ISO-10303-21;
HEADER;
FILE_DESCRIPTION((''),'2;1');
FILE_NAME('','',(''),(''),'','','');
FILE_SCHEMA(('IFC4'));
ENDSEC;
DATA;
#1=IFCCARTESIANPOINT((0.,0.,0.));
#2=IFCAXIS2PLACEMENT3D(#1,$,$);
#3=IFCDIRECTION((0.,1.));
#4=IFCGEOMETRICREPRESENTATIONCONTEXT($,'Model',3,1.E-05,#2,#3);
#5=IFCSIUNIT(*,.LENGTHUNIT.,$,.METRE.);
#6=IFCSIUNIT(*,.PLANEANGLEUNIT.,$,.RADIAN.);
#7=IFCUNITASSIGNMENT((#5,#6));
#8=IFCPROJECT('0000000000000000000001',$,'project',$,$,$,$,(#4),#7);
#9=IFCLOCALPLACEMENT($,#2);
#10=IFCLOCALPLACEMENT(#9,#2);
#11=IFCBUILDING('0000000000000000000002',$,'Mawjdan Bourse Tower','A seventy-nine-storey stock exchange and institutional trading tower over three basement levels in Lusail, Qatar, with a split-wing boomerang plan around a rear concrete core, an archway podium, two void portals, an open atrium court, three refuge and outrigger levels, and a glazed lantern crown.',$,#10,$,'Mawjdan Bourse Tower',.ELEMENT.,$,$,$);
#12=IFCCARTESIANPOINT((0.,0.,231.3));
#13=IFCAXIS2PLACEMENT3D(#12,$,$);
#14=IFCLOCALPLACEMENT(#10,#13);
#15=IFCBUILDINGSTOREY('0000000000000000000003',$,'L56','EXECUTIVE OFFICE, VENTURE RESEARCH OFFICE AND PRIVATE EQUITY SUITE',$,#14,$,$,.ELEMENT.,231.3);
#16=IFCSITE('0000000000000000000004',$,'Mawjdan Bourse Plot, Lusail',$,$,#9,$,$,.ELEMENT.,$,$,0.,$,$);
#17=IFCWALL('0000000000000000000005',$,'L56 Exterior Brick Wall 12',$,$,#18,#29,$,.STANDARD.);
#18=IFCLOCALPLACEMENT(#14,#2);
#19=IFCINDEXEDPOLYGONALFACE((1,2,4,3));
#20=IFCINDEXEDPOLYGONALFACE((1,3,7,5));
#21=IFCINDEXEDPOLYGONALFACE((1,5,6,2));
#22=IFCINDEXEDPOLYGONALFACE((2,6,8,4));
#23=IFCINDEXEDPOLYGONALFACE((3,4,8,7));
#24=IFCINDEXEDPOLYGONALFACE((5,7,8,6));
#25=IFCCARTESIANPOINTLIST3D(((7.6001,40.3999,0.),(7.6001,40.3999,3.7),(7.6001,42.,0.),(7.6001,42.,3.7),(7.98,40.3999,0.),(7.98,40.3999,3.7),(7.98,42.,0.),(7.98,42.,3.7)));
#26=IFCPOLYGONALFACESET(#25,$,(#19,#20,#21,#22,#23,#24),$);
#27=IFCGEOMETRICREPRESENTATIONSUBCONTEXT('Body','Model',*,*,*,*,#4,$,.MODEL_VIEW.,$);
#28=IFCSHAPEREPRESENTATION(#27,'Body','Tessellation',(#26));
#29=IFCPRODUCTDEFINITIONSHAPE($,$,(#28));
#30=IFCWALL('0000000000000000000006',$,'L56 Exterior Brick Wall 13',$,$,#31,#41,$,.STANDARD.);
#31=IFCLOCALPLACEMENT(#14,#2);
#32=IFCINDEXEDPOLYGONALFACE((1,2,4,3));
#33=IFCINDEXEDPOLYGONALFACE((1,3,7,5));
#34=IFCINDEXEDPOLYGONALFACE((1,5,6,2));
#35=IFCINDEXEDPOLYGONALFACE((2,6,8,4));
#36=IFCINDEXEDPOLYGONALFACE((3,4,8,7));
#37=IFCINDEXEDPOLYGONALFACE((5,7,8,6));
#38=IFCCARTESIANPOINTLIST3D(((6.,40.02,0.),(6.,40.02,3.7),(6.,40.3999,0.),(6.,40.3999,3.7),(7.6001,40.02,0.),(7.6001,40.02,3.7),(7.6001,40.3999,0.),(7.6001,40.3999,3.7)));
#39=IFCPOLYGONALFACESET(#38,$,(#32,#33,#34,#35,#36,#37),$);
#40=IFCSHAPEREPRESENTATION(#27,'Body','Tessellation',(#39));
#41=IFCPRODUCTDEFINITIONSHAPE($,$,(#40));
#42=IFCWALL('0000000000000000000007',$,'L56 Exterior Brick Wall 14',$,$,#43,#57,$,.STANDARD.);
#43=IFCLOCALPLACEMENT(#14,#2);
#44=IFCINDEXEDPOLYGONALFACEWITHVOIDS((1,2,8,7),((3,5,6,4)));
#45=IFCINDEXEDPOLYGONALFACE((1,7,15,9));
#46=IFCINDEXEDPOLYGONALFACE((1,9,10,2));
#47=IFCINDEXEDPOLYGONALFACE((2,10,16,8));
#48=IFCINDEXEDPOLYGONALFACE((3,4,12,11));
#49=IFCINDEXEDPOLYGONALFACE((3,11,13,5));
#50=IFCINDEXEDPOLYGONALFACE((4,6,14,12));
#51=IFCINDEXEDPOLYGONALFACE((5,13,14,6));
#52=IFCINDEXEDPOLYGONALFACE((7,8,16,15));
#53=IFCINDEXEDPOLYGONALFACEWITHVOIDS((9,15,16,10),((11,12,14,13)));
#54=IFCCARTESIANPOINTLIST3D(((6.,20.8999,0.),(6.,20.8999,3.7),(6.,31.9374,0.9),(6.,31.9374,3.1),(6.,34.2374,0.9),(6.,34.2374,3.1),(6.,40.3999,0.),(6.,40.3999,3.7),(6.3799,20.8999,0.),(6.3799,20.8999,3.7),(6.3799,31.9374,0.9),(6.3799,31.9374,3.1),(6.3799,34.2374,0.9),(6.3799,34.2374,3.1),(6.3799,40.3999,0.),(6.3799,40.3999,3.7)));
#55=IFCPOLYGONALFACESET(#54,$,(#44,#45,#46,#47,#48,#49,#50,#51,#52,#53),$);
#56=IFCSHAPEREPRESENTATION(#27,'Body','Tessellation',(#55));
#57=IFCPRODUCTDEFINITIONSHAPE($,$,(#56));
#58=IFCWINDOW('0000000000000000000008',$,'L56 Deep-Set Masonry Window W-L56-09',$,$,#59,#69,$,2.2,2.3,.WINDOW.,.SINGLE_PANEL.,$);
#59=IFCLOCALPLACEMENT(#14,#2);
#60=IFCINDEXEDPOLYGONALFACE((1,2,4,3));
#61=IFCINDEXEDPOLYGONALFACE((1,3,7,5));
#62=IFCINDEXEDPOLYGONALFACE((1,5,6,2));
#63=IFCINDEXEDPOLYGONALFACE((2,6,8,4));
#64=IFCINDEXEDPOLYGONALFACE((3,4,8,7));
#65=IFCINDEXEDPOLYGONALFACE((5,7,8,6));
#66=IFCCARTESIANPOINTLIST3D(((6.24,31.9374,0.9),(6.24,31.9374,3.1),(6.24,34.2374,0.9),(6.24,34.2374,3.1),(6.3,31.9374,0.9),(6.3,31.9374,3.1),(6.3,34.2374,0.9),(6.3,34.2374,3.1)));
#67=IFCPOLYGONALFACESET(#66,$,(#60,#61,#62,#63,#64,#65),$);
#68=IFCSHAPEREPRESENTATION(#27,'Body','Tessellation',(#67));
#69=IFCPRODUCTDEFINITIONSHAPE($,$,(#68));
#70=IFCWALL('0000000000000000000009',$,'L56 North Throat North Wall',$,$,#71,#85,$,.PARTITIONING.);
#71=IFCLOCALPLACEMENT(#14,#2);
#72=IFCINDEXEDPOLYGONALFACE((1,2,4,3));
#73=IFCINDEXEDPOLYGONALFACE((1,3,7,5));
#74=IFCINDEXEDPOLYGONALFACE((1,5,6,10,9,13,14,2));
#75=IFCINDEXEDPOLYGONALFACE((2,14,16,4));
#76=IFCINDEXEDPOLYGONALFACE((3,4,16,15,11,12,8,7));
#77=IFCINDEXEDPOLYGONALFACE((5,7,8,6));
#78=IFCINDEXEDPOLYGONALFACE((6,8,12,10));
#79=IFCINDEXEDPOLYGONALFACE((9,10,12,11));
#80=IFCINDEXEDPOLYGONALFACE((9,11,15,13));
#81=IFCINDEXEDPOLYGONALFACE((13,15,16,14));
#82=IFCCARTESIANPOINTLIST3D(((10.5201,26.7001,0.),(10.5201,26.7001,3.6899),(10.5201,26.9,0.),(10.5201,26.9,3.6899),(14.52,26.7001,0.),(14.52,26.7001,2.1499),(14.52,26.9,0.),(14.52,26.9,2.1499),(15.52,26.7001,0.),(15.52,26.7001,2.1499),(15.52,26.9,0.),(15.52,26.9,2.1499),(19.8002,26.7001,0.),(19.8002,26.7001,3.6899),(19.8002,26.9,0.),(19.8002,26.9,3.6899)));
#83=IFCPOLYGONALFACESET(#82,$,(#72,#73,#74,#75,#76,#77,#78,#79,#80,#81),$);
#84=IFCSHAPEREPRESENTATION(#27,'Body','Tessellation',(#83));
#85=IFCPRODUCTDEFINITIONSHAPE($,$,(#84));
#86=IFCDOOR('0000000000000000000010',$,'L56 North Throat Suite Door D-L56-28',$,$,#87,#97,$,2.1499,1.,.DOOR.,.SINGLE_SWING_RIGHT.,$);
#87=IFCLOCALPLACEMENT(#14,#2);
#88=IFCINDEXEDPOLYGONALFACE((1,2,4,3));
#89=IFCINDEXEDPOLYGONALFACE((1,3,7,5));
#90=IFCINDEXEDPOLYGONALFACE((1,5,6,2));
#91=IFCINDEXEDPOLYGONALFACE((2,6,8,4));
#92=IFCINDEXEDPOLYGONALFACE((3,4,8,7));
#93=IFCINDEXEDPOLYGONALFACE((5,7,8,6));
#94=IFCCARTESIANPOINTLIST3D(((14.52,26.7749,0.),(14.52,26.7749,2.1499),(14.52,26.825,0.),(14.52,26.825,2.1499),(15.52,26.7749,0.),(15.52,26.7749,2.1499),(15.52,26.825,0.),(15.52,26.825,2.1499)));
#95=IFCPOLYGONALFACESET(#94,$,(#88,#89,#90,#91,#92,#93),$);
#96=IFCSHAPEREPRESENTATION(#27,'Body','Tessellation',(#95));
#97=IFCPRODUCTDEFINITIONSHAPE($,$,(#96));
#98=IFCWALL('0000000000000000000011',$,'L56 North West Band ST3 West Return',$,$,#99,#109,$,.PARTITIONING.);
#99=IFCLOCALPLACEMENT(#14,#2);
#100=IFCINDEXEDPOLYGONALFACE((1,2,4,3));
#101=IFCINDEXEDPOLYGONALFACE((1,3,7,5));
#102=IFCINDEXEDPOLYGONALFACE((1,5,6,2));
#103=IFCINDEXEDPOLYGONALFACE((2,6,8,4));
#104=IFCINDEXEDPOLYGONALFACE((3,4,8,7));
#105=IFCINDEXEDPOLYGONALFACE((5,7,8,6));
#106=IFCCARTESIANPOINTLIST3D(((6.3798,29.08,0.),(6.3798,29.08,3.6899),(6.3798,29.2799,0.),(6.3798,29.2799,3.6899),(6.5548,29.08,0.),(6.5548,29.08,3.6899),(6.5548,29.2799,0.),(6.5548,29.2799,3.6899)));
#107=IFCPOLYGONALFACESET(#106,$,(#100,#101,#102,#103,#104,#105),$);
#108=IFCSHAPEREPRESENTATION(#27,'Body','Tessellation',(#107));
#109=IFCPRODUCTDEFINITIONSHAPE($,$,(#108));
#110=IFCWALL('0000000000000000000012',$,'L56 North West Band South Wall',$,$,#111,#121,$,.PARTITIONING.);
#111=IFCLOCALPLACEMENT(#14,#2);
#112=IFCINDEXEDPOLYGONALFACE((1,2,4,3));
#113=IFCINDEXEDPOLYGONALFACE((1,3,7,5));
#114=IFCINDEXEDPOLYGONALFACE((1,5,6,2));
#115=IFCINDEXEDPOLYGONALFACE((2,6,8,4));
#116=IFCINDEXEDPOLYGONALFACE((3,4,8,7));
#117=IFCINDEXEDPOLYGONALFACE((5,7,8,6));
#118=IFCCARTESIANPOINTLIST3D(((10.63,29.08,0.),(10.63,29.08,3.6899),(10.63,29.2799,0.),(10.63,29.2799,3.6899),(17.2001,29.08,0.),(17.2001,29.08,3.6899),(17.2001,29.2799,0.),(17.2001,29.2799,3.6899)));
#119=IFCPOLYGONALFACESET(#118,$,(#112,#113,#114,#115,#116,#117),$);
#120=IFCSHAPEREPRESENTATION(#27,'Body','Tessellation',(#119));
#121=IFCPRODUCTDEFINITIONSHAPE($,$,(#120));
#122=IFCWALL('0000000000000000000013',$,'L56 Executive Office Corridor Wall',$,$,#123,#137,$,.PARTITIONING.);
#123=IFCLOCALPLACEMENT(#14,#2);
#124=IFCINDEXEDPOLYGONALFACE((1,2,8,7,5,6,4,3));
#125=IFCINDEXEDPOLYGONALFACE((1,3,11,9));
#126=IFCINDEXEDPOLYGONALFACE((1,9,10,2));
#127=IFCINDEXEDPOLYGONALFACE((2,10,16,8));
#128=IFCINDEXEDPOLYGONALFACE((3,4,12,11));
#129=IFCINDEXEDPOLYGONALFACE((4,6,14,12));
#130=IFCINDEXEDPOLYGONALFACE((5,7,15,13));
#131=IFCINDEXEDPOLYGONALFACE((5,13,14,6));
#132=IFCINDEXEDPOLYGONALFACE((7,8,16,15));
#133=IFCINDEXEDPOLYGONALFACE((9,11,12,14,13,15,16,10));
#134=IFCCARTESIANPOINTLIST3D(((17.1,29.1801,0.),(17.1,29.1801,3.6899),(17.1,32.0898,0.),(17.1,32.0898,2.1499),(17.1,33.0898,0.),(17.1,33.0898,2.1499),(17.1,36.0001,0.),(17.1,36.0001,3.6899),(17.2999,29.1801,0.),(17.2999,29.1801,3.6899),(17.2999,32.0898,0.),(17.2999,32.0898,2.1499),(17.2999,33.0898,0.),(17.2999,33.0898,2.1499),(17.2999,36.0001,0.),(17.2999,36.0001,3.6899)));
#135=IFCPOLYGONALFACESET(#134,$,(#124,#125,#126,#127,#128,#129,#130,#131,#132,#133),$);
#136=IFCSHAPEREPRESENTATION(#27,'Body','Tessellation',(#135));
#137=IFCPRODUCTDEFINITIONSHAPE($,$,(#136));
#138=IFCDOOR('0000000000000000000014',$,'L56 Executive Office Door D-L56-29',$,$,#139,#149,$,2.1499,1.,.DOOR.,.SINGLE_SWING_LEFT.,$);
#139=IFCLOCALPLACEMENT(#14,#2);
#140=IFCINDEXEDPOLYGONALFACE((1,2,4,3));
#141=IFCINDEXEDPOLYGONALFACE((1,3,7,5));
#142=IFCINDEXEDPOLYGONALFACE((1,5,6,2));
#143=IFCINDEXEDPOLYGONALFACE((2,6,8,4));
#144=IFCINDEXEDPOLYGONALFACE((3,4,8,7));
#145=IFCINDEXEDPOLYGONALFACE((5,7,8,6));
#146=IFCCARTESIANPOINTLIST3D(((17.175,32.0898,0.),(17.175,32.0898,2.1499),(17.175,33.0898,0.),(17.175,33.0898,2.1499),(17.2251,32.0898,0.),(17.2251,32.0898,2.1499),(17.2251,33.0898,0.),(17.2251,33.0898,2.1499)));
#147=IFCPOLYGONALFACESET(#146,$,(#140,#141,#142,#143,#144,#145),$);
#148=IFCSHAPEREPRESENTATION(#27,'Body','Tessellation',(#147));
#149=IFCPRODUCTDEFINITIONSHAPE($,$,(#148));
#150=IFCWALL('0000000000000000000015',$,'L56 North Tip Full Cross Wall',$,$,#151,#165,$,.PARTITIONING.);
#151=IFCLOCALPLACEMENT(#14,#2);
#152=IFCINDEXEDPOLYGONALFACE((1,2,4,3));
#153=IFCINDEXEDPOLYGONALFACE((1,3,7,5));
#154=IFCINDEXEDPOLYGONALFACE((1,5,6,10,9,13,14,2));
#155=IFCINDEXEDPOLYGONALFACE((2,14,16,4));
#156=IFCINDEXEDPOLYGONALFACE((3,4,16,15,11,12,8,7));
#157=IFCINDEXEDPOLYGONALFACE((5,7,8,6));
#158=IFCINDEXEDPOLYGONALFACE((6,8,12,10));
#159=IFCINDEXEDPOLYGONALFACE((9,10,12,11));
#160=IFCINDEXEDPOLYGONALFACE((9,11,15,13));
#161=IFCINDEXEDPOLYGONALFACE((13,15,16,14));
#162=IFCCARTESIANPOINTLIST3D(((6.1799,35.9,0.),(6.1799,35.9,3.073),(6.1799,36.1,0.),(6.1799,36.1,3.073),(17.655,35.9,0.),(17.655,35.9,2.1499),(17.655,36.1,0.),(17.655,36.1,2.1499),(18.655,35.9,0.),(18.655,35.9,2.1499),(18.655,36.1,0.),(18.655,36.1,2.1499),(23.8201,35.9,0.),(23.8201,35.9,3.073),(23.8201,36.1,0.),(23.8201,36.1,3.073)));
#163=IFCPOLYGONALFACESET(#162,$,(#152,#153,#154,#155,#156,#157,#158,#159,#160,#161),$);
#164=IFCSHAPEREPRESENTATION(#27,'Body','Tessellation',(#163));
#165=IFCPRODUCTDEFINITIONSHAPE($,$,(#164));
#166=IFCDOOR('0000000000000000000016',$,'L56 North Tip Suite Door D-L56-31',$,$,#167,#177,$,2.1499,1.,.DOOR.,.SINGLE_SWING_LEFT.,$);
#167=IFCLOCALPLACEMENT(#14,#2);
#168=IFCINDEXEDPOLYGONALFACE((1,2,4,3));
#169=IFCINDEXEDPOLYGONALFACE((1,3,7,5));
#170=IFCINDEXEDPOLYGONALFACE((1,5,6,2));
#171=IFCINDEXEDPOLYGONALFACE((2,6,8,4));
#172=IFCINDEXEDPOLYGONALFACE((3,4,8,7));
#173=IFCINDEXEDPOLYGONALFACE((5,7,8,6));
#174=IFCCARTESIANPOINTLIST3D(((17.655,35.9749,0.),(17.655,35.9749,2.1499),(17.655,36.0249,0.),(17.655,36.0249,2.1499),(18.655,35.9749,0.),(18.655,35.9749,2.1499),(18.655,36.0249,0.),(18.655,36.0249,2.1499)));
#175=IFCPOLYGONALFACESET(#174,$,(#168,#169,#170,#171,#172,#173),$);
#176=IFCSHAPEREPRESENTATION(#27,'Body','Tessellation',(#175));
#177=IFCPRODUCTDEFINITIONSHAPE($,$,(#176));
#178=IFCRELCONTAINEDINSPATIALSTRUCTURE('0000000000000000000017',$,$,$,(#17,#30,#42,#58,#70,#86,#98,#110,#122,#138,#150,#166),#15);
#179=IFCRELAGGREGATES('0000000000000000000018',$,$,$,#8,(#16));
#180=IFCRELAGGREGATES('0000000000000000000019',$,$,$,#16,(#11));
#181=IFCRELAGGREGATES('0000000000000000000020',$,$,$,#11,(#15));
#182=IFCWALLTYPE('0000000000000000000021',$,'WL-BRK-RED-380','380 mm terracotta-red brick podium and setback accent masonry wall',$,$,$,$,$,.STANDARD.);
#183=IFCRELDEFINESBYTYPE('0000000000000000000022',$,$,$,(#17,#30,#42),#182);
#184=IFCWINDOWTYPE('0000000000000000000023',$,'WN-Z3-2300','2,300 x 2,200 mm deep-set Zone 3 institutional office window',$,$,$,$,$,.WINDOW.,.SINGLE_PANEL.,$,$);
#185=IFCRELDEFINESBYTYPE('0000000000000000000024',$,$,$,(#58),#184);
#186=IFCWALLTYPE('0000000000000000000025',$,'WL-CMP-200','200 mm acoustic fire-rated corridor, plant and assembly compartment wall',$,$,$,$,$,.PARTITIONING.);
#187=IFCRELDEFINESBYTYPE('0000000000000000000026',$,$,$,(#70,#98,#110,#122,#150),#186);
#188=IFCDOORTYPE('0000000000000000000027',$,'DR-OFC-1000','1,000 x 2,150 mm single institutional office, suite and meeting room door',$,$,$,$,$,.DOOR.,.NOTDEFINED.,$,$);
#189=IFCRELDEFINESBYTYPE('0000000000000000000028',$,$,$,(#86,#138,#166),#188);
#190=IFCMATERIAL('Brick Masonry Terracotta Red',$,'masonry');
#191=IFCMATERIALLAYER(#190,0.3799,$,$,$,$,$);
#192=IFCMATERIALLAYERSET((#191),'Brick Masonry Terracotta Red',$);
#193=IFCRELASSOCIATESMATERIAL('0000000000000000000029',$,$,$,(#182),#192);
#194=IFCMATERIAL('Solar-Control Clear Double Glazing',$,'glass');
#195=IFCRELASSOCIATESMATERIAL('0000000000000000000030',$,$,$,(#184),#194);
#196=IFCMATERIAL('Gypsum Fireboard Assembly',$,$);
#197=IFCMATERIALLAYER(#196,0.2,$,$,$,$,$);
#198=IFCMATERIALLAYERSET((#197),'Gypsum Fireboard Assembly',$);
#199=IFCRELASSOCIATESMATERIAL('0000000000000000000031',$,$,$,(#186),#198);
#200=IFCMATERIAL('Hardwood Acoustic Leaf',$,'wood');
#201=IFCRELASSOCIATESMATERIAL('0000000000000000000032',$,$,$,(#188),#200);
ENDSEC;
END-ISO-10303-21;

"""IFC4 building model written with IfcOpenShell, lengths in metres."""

from ifc_helpers import new_model, si_unit, direction, frame, frame_2d, origin, place, context, subcontext, project, spatial, rectangle, extrude, material, layer, layer_set, type_object, element, fill, save


model = new_model("IFC4")

# Units and contexts
model_context = context("Model", 3, precision=1e-05, world=origin(), true_north=direction((0.0, 1.0)))
body_context = subcontext(model_context, "Body", "Model", "MODEL_VIEW")
ifc_project = project(units=[si_unit("LENGTHUNIT", "METRE"), si_unit("PLANEANGLEUNIT", "RADIAN")], contexts=[model_context])

# Site, building, storey
site_placement = place(None, origin())
site = spatial("IfcSite", under=ifc_project, at=site_placement, Name="Mawjdan Bourse Plot, Lusail", CompositionType="ELEMENT", RefElevation=0.0)
building_placement = place(site_placement, origin())
building = spatial("IfcBuilding", under=site, at=building_placement, Name="Mawjdan Bourse Tower", Description="A seventy-nine-storey stock exchange and institutional trading tower over three basement levels in Lusail, Qatar, with a split-wing boomerang plan around a rear concrete core, an archway podium, two void portals, an open atrium court, three refuge and outrigger levels, and a glazed lantern crown.", LongName="Mawjdan Bourse Tower", CompositionType="ELEMENT")
storey_placement = place(building_placement, frame((0.0, 0.0, 231.3)))
storey = spatial("IfcBuildingStorey", under=building, at=storey_placement, Name="L56", Description="EXECUTIVE OFFICE, VENTURE RESEARCH OFFICE AND PRIVATE EQUITY SUITE", CompositionType="ELEMENT", Elevation=231.3)

# Walls
ifc_material_1 = material(Name="Brick Masonry Terracotta Red", Category="masonry")
ifc_layer_1 = layer(ifc_material_1, 0.3799)
ifc_layer_set_1 = layer_set([ifc_layer_1], Name="Brick Masonry Terracotta Red")
wall_type_1 = type_object("IfcWallType", Name="WL-BRK-RED-380", Description="380 mm terracotta-red brick podium and setback accent masonry wall", PredefinedType="STANDARD", material=ifc_layer_set_1)
for number, where, z_axis, x_axis, name in (
    (1, (7.79, 42.0, 0.0), (0.0, 0.0, 1.0), (0.0, -1.0, 0.0), "L56 Exterior Brick Wall 12"),
    (2, (7.6001, 40.21, 0.0), (0.0, 0.0, 1.0), (-1.0, 0.0, 0.0), "L56 Exterior Brick Wall 13"),
):
    element("IfcWall", number, at=place(storey_placement, frame(where, z_axis=z_axis, x_axis=x_axis)), inside=storey, type_object=wall_type_1, Name=name, PredefinedType="STANDARD", context=body_context, shape_type="SweptSolid", body=[
        extrude(rectangle(XDim=1.6001, YDim=0.3799, at=frame_2d((0.8, 0.0))), origin(), (0.0, 0.0, 1.0), 3.7),
    ])

# Wall, opening, window
wall_1_placement = place(storey_placement, frame((6.1899, 40.3999, 0.0), z_axis=(0.0, 0.0, 1.0), x_axis=(0.0, -1.0, 0.0)))
wall_1 = element("IfcWall", 3, at=wall_1_placement, inside=storey, type_object=wall_type_1, Name="L56 Exterior Brick Wall 14", PredefinedType="STANDARD", context=body_context, shape_type="SweptSolid", body=[
    extrude(rectangle(XDim=19.5, YDim=0.3799, at=frame_2d((9.75, 0.0))), origin(), (0.0, 0.0, 1.0), 3.7),
])
opening_1_placement = place(wall_1_placement, frame((6.1626, 0.0, 0.8999)))
opening_1 = element("IfcOpeningElement", 4, at=opening_1_placement, cuts=wall_1, PredefinedType="OPENING", context=body_context, shape_type="SweptSolid", body=[
    extrude(rectangle(XDim=2.3, YDim=2.2, at=frame_2d((1.1499, 1.1001))), frame((0.0, 0.2, 0.0), z_axis=(0.0, -1.0, 0.0), x_axis=(1.0, 0.0, 0.0)), (0.0, 0.0, 1.0), 0.3999),
])
ifc_material_2 = material(Name="Solar-Control Clear Double Glazing", Category="glass")
window_type = type_object("IfcWindowType", Name="WN-Z3-2300", Description="2,300 x 2,200 mm deep-set Zone 3 institutional office window", PartitioningType="SINGLE_PANEL", PredefinedType="WINDOW", material=ifc_material_2)
window_placement = place(opening_1_placement, origin())
window = element("IfcWindow", 5, at=window_placement, inside=storey, type_object=window_type, Name="L56 Deep-Set Masonry Window W-L56-09", OverallHeight=2.2, OverallWidth=2.3, PartitioningType="SINGLE_PANEL", PredefinedType="WINDOW", context=body_context, shape_type="SweptSolid", body=[
    extrude(rectangle(XDim=2.3, YDim=2.2, at=frame_2d((1.1499, 1.1001))), frame((0.0, 0.1101, 0.0), z_axis=(0.0, -1.0, 0.0), x_axis=(1.0, 0.0, 0.0)), (0.0, 0.0, 1.0), 0.0601),
])
fill(opening_1, window)

# Wall, opening, door
ifc_material_3 = material(Name="Gypsum Fireboard Assembly")
ifc_layer_2 = layer(ifc_material_3, 0.2)
ifc_layer_set_2 = layer_set([ifc_layer_2], Name="Gypsum Fireboard Assembly")
wall_type_2 = type_object("IfcWallType", Name="WL-CMP-200", Description="200 mm acoustic fire-rated corridor, plant and assembly compartment wall", PredefinedType="PARTITIONING", material=ifc_layer_set_2)
wall_2_placement = place(storey_placement, frame((10.52, 26.8, 0.0), z_axis=(0.0, 0.0, 1.0), x_axis=(1.0, 0.0, 0.0)))
wall_2 = element("IfcWall", 6, at=wall_2_placement, inside=storey, type_object=wall_type_2, Name="L56 North Throat North Wall", PredefinedType="PARTITIONING", context=body_context, shape_type="SweptSolid", body=[
    extrude(rectangle(XDim=9.28, YDim=0.2, at=frame_2d((4.6401, 0.0))), origin(), (0.0, 0.0, 1.0), 3.6899),
])
opening_2_placement = place(wall_2_placement, frame((4.0, 0.0, 0.0)))
opening_2 = element("IfcOpeningElement", 7, at=opening_2_placement, cuts=wall_2, PredefinedType="OPENING", context=body_context, shape_type="SweptSolid", body=[
    extrude(rectangle(XDim=1.0, YDim=2.1499, at=frame_2d((0.5, 1.075))), frame((0.0, 0.1099, 0.0), z_axis=(0.0, -1.0, 0.0), x_axis=(1.0, 0.0, 0.0)), (0.0, 0.0, 1.0), 0.22),
])
ifc_material_4 = material(Name="Hardwood Acoustic Leaf", Category="wood")
door_type = type_object("IfcDoorType", Name="DR-OFC-1000", Description="1,000 x 2,150 mm single institutional office, suite and meeting room door", OperationType="NOTDEFINED", PredefinedType="DOOR", material=ifc_material_4)
door_1_placement = place(opening_2_placement, origin())
door_1 = element("IfcDoor", 8, at=door_1_placement, inside=storey, type_object=door_type, Name="L56 North Throat Suite Door D-L56-28", OperationType="SINGLE_SWING_RIGHT", OverallHeight=2.1499, OverallWidth=1.0, PredefinedType="DOOR", context=body_context, shape_type="SweptSolid", body=[
    extrude(rectangle(XDim=1.0, YDim=2.1499, at=frame_2d((0.5, 1.075))), frame((0.0, 0.0249, 0.0), z_axis=(0.0, -1.0, 0.0), x_axis=(1.0, 0.0, 0.0)), (0.0, 0.0, 1.0), 0.05),
])
fill(opening_2, door_1)

# Walls
wall_3_placement = place(storey_placement, frame((6.3799, 29.1799, 0.0), z_axis=(0.0, 0.0, 1.0), x_axis=(1.0, 0.0, 0.0)))
element("IfcWall", 9, at=wall_3_placement, inside=storey, type_object=wall_type_2, Name="L56 North West Band ST3 West Return", PredefinedType="PARTITIONING", context=body_context, shape_type="SweptSolid", body=[
    extrude(rectangle(XDim=0.175, YDim=0.2, at=frame_2d((0.0874, 0.0))), origin(), (0.0, 0.0, 1.0), 3.6899),
])
wall_4_placement = place(storey_placement, frame((10.6299, 29.1799, 0.0), z_axis=(0.0, 0.0, 1.0), x_axis=(1.0, 0.0, 0.0)))
element("IfcWall", 10, at=wall_4_placement, inside=storey, type_object=wall_type_2, Name="L56 North West Band South Wall", PredefinedType="PARTITIONING", context=body_context, shape_type="SweptSolid", body=[
    extrude(rectangle(XDim=6.5701, YDim=0.2, at=frame_2d((3.2852, 0.0))), origin(), (0.0, 0.0, 1.0), 3.6899),
])

# Walls, openings, doors
wall_5_placement = place(storey_placement, frame((17.2, 29.1799, 0.0), z_axis=(0.0, 0.0, 1.0), x_axis=(0.0, 1.0, 0.0)))
wall_5 = element("IfcWall", 11, at=wall_5_placement, inside=storey, type_object=wall_type_2, Name="L56 Executive Office Corridor Wall", PredefinedType="PARTITIONING", context=body_context, shape_type="SweptSolid", body=[
    extrude(rectangle(XDim=6.8201, YDim=0.2, at=frame_2d((3.4102, 0.0))), origin(), (0.0, 0.0, 1.0), 3.6899),
])
opening_3_placement = place(wall_5_placement, frame((2.9099, 0.0, 0.0)))
opening_3 = element("IfcOpeningElement", 12, at=opening_3_placement, cuts=wall_5, PredefinedType="OPENING", context=body_context, shape_type="SweptSolid", body=[
    extrude(rectangle(XDim=1.0, YDim=2.1499, at=frame_2d((0.5, 1.075))), frame((0.0, 0.1099, 0.0), z_axis=(0.0, -1.0, 0.0), x_axis=(1.0, 0.0, 0.0)), (0.0, 0.0, 1.0), 0.22),
])
door_2_placement = place(opening_3_placement, origin())
door_2 = element("IfcDoor", 13, at=door_2_placement, inside=storey, type_object=door_type, Name="L56 Executive Office Door D-L56-29", OperationType="SINGLE_SWING_LEFT", OverallHeight=2.1499, OverallWidth=1.0, PredefinedType="DOOR", context=body_context, shape_type="SweptSolid", body=[
    extrude(rectangle(XDim=1.0, YDim=2.1499, at=frame_2d((0.5, 1.075))), frame((0.0, 0.0249, 0.0), z_axis=(0.0, -1.0, 0.0), x_axis=(1.0, 0.0, 0.0)), (0.0, 0.0, 1.0), 0.05),
])
fill(opening_3, door_2)
wall_6_placement = place(storey_placement, frame((6.1799, 36.0, 0.0), z_axis=(0.0, 0.0, 1.0), x_axis=(1.0, 0.0, 0.0)))
wall_6 = element("IfcWall", 14, at=wall_6_placement, inside=storey, type_object=wall_type_2, Name="L56 North Tip Full Cross Wall", PredefinedType="PARTITIONING", context=body_context, shape_type="SweptSolid", body=[
    extrude(rectangle(XDim=17.6401, YDim=0.2, at=frame_2d((8.8201, 0.0))), origin(), (0.0, 0.0, 1.0), 3.073),
])
opening_4_placement = place(wall_6_placement, frame((11.4751, 0.0, 0.0)))
opening_4 = element("IfcOpeningElement", 15, at=opening_4_placement, cuts=wall_6, PredefinedType="OPENING", context=body_context, shape_type="SweptSolid", body=[
    extrude(rectangle(XDim=1.0, YDim=2.1499, at=frame_2d((0.5, 1.075))), frame((0.0, 0.1099, 0.0), z_axis=(0.0, -1.0, 0.0), x_axis=(1.0, 0.0, 0.0)), (0.0, 0.0, 1.0), 0.22),
])
door_3_placement = place(opening_4_placement, origin())
door_3 = element("IfcDoor", 16, at=door_3_placement, inside=storey, type_object=door_type, Name="L56 North Tip Suite Door D-L56-31", OperationType="SINGLE_SWING_LEFT", OverallHeight=2.1499, OverallWidth=1.0, PredefinedType="DOOR", context=body_context, shape_type="SweptSolid", body=[
    extrude(rectangle(XDim=1.0, YDim=2.1499, at=frame_2d((0.5, 1.075))), frame((0.0, 0.0249, 0.0), z_axis=(0.0, -1.0, 0.0), x_axis=(1.0, 0.0, 0.0)), (0.0, 0.0, 1.0), 0.05),
])
fill(opening_4, door_3)

save(model, "model.ifc")
